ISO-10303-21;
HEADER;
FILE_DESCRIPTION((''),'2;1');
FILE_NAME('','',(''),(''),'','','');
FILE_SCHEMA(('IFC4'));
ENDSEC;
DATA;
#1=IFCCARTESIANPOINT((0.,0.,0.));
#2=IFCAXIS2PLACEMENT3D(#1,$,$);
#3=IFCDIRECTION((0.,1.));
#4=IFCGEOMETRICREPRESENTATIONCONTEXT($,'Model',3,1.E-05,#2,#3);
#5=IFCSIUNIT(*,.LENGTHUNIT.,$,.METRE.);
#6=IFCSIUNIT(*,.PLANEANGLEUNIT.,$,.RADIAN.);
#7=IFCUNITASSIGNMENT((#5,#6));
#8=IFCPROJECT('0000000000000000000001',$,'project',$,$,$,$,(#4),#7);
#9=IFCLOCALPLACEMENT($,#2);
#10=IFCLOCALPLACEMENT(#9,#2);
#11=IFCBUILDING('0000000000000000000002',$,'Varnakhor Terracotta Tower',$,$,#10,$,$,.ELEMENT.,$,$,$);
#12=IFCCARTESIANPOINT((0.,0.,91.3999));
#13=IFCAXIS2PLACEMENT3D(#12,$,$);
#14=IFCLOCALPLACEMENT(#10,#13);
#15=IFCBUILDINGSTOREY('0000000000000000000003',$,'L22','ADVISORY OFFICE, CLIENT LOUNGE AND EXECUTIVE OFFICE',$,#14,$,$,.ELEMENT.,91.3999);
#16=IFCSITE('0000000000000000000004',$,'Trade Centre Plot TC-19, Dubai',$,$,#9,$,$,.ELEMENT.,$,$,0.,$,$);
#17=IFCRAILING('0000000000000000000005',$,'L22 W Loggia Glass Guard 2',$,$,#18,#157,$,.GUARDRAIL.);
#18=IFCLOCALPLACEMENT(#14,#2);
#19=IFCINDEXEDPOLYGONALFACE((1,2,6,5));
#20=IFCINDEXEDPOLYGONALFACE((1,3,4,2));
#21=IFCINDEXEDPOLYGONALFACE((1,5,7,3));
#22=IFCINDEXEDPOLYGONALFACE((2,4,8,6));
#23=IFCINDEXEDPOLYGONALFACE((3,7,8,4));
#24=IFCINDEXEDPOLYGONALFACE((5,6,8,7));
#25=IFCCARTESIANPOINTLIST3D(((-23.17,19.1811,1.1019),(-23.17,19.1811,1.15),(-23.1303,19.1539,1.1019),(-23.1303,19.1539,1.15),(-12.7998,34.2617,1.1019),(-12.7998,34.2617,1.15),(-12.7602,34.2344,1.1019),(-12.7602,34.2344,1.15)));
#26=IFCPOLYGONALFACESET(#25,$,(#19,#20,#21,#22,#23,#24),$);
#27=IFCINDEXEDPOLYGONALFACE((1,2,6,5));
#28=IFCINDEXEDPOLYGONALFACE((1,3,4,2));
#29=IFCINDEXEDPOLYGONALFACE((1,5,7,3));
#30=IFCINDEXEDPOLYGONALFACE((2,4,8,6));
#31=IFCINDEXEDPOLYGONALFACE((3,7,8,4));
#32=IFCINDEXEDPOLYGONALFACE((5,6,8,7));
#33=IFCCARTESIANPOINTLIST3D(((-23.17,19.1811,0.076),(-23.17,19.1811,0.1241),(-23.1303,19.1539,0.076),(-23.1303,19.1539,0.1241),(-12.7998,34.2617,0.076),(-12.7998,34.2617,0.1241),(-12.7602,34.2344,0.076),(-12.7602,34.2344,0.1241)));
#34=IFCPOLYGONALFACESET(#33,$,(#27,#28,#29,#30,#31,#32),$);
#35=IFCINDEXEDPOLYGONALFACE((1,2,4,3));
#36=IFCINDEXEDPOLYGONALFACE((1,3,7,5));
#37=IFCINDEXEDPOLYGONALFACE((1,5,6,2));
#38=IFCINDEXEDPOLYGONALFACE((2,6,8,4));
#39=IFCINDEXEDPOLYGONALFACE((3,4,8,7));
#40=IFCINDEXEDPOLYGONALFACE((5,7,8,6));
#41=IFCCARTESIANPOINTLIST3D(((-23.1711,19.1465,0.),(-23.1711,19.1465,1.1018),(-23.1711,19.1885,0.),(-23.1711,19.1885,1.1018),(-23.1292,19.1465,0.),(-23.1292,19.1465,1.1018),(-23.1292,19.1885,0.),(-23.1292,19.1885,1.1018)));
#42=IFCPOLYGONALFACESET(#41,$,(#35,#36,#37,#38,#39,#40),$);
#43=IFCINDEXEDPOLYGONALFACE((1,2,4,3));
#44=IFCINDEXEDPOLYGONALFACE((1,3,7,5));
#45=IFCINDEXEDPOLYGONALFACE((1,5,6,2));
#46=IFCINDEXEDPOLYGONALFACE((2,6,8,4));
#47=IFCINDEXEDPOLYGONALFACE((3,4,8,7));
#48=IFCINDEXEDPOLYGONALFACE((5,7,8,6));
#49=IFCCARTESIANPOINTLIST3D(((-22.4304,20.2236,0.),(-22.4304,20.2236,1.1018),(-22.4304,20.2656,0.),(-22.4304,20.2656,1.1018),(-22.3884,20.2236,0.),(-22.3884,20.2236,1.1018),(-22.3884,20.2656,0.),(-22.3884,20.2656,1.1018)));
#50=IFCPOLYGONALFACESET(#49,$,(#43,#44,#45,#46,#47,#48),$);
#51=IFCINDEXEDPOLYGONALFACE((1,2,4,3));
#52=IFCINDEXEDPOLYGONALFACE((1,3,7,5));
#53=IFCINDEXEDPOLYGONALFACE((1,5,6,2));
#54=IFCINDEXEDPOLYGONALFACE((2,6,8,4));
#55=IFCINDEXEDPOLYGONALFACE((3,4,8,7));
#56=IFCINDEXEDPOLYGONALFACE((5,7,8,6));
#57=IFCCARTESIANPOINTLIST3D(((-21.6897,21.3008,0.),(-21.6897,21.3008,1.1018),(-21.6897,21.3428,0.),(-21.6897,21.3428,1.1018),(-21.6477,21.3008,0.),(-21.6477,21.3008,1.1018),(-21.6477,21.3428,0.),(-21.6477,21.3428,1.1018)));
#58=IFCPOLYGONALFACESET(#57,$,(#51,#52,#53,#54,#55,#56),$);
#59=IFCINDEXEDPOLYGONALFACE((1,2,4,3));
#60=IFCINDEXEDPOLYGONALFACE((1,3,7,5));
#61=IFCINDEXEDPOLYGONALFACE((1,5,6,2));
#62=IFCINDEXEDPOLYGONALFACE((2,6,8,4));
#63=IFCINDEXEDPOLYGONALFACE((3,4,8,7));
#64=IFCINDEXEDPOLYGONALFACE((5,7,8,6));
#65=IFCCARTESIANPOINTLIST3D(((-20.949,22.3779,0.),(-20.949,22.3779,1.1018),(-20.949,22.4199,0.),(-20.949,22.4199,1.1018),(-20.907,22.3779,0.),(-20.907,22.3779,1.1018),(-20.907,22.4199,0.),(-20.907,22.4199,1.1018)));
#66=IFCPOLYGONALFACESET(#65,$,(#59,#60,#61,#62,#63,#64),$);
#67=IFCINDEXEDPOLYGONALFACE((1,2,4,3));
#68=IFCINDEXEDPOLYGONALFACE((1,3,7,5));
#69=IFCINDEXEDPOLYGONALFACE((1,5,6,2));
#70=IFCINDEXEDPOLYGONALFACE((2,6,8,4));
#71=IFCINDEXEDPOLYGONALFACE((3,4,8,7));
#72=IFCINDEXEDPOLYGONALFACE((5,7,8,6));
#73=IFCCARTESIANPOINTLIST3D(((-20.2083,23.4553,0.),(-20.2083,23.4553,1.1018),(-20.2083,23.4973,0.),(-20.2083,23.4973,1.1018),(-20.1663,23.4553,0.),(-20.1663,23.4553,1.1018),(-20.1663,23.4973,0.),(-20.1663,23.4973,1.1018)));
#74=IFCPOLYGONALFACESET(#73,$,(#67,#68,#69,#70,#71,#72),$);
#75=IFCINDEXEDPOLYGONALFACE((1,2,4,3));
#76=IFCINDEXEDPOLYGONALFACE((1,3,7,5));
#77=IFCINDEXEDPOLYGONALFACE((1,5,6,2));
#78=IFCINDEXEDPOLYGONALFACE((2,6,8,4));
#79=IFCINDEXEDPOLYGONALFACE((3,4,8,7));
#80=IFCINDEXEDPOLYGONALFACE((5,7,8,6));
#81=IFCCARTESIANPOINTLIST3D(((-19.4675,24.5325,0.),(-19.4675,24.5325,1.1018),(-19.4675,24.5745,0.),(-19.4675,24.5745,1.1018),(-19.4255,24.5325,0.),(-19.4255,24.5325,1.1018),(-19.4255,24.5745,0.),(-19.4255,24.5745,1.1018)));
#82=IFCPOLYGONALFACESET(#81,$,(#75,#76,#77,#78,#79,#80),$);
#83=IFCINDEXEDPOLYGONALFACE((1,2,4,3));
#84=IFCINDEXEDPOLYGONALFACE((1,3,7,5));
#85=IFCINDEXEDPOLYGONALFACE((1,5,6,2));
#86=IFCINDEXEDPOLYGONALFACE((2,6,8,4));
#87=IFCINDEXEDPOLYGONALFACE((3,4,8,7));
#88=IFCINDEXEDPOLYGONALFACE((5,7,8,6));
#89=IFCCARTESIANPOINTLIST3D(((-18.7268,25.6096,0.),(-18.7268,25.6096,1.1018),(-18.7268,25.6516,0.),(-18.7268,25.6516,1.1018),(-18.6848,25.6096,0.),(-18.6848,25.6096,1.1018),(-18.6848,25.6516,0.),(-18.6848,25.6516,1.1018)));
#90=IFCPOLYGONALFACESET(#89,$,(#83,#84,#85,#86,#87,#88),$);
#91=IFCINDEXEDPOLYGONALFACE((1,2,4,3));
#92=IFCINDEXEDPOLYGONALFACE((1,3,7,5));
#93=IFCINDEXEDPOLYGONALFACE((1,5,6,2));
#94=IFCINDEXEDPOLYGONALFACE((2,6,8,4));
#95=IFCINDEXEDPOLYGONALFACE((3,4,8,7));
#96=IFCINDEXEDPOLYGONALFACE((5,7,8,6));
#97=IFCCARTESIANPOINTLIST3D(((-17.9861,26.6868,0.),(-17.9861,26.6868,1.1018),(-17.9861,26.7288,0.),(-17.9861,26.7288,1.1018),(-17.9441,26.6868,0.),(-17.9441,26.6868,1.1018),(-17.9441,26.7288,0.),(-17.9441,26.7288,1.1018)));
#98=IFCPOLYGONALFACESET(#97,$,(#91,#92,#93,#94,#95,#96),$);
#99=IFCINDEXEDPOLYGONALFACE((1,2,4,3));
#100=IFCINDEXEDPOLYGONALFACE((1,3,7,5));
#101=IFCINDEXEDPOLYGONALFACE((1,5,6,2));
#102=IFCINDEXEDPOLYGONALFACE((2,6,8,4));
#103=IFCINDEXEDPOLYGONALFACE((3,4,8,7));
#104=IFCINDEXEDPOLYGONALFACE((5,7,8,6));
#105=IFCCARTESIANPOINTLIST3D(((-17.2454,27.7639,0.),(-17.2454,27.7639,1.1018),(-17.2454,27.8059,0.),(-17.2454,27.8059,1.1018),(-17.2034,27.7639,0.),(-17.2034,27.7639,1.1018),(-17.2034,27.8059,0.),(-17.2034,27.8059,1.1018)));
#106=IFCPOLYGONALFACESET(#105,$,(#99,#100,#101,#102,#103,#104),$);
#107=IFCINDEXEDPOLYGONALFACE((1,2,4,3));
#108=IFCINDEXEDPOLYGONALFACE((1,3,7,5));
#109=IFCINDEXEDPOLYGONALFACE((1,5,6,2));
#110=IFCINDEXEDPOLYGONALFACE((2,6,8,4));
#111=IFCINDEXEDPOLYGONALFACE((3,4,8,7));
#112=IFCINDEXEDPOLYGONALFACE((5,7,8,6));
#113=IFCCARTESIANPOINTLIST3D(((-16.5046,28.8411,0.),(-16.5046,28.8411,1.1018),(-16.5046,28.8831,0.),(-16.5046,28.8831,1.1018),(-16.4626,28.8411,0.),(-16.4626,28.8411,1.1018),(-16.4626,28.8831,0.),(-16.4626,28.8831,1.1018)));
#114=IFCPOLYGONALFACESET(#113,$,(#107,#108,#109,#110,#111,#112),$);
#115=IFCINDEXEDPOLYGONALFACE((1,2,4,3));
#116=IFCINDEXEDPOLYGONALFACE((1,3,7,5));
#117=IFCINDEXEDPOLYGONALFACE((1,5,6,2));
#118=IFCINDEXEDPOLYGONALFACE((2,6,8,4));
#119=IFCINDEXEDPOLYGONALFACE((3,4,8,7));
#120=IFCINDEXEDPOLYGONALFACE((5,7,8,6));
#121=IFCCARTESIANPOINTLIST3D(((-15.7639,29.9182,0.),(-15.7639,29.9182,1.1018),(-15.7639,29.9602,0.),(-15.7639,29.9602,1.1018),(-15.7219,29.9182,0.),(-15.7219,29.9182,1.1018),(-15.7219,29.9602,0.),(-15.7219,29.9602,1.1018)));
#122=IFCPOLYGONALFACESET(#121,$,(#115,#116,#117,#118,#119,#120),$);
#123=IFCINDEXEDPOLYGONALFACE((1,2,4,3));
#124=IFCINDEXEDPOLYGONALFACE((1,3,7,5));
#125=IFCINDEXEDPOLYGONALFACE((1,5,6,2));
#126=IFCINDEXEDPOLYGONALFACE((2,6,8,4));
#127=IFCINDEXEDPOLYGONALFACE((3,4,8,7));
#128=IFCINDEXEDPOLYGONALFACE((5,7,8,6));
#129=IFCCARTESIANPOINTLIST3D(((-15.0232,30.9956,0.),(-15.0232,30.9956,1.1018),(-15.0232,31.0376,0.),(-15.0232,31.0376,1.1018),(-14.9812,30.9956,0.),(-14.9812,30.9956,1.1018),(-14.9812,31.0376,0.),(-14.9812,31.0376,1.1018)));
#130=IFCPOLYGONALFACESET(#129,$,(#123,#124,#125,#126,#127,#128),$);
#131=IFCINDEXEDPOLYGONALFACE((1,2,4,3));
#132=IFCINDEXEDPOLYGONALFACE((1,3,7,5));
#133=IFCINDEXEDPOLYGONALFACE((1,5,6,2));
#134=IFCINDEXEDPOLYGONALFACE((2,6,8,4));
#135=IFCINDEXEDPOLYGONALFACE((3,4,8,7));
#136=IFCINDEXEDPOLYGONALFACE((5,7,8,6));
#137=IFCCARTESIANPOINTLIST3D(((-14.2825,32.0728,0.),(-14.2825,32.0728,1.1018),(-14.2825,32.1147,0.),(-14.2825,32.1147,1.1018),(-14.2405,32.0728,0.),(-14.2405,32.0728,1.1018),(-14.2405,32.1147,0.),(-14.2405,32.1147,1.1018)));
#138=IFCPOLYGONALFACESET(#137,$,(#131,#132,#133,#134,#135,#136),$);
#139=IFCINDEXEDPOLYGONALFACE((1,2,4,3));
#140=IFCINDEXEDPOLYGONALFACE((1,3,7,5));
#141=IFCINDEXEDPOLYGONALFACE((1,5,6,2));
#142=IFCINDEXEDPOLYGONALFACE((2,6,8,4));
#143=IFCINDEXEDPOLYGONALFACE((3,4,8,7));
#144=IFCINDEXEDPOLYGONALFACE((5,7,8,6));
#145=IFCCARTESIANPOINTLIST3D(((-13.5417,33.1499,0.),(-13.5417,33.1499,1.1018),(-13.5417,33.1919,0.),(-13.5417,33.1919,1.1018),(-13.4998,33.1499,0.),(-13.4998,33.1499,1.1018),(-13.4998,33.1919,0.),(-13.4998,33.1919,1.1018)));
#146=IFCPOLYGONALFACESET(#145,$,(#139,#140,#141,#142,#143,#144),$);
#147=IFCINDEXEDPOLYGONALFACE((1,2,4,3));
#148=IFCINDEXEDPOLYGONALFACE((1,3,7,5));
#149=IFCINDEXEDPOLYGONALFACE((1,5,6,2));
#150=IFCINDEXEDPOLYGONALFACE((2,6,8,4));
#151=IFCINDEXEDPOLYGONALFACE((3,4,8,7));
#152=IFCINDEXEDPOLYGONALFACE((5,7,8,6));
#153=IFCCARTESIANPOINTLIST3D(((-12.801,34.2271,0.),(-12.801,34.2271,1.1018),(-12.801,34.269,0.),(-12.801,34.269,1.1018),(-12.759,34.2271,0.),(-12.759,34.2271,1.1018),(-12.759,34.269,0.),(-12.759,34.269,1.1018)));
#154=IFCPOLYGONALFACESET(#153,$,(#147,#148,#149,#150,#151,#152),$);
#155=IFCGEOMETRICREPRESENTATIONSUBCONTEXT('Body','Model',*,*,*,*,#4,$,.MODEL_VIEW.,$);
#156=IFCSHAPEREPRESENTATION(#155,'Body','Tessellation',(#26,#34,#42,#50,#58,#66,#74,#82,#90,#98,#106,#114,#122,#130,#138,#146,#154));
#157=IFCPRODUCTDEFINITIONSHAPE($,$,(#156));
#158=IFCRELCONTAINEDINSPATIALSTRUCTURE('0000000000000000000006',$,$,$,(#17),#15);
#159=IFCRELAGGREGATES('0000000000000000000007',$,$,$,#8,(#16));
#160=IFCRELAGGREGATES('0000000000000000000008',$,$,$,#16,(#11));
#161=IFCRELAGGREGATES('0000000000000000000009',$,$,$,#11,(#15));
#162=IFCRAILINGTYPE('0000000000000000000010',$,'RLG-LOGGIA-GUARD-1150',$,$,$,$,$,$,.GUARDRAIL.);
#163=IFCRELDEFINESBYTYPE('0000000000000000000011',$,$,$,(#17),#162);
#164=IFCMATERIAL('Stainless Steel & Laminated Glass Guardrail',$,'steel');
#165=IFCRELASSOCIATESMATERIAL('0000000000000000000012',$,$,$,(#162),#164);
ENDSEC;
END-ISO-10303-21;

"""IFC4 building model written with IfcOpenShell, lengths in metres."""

from ifc_helpers import new_model, si_unit, direction, frame, origin, origin_2d, place, context, subcontext, project, spatial, rectangle, extrude, material, type_object, element, save


model = new_model("IFC4")

# Units and contexts
model_context = context("Model", 3, precision=1e-05, world=origin(), true_north=direction((0.0, 1.0)))
body_context = subcontext(model_context, "Body", "Model", "MODEL_VIEW")
ifc_project = project(units=[si_unit("LENGTHUNIT", "METRE"), si_unit("PLANEANGLEUNIT", "RADIAN")], contexts=[model_context])

# Site, building, storey
site_placement = place(None, origin())
site = spatial("IfcSite", under=ifc_project, at=site_placement, Name="Trade Centre Plot TC-19, Dubai", CompositionType="ELEMENT", RefElevation=0.0)
building_placement = place(site_placement, origin())
building = spatial("IfcBuilding", under=site, at=building_placement, Name="Varnakhor Terracotta Tower", CompositionType="ELEMENT")
storey_placement = place(building_placement, frame((0.0, 0.0, 91.3999)))
storey = spatial("IfcBuildingStorey", under=building, at=storey_placement, Name="L22", Description="ADVISORY OFFICE, CLIENT LOUNGE AND EXECUTIVE OFFICE", CompositionType="ELEMENT", Elevation=91.3999)

# Railing
ifc_material_1 = material(Name="Stainless Steel & Laminated Glass Guardrail", Category="steel")
railing_type = type_object("IfcRailingType", Name="RLG-LOGGIA-GUARD-1150", PredefinedType="GUARDRAIL", material=ifc_material_1)
railing_1_placement = place(storey_placement, frame((-23.1501, 19.1675, 0.0)))
element("IfcRailing", 1, at=railing_1_placement, inside=storey, type_object=railing_type, Name="L22 W Loggia Glass Guard 2", PredefinedType="GUARDRAIL", context=body_context, shape_type="SweptSolid", body=[
    extrude(rectangle(XDim=0.0481, YDim=0.0481, at=origin_2d()), frame((0.0, 0.0, 1.126), z_axis=(0.566611, 0.823985, 0.0), x_axis=(-0.823985, 0.566611, 0.0)), (0.0, 0.0, 1.0), 18.302),
    extrude(rectangle(XDim=0.0481, YDim=0.0481, at=origin_2d()), frame((0.0, 0.0, 0.1001), z_axis=(0.566611, 0.823985, 0.0), x_axis=(-0.823985, 0.566611, 0.0)), (0.0, 0.0, 1.0), 18.302),
    extrude(rectangle(XDim=0.042, YDim=0.042, at=origin_2d()), origin(), (0.0, 0.0, 1.0), 1.1018),
    extrude(rectangle(XDim=0.042, YDim=0.042, at=origin_2d()), frame((0.7407, 1.0771, 0.0)), (0.0, 0.0, 1.0), 1.1018),
    extrude(rectangle(XDim=0.042, YDim=0.042, at=origin_2d()), frame((1.4814, 2.1543, 0.0)), (0.0, 0.0, 1.0), 1.1018),
    extrude(rectangle(XDim=0.042, YDim=0.042, at=origin_2d()), frame((2.2222, 3.2314, 0.0)), (0.0, 0.0, 1.0), 1.1018),
    extrude(rectangle(XDim=0.042, YDim=0.042, at=origin_2d()), frame((2.9629, 4.3088, 0.0)), (0.0, 0.0, 1.0), 1.1018),
    extrude(rectangle(XDim=0.042, YDim=0.042, at=origin_2d()), frame((3.7036, 5.386, 0.0)), (0.0, 0.0, 1.0), 1.1018),
    extrude(rectangle(XDim=0.042, YDim=0.042, at=origin_2d()), frame((4.4443, 6.4631, 0.0)), (0.0, 0.0, 1.0), 1.1018),
    extrude(rectangle(XDim=0.042, YDim=0.042, at=origin_2d()), frame((5.1851, 7.5403, 0.0)), (0.0, 0.0, 1.0), 1.1018),
    extrude(rectangle(XDim=0.042, YDim=0.042, at=origin_2d()), frame((5.9258, 8.6174, 0.0)), (0.0, 0.0, 1.0), 1.1018),
    extrude(rectangle(XDim=0.042, YDim=0.042, at=origin_2d()), frame((6.6665, 9.6946, 0.0)), (0.0, 0.0, 1.0), 1.1018),
    extrude(rectangle(XDim=0.042, YDim=0.042, at=origin_2d()), frame((7.4072, 10.7717, 0.0)), (0.0, 0.0, 1.0), 1.1018),
    extrude(rectangle(XDim=0.042, YDim=0.042, at=origin_2d()), frame((8.1479, 11.8491, 0.0)), (0.0, 0.0, 1.0), 1.1018),
    extrude(rectangle(XDim=0.042, YDim=0.042, at=origin_2d()), frame((8.8887, 12.9263, 0.0)), (0.0, 0.0, 1.0), 1.1018),
    extrude(rectangle(XDim=0.042, YDim=0.042, at=origin_2d()), frame((9.6294, 14.0034, 0.0)), (0.0, 0.0, 1.0), 1.1018),
    extrude(rectangle(XDim=0.042, YDim=0.042, at=origin_2d()), frame((10.3701, 15.0806, 0.0)), (0.0, 0.0, 1.0), 1.1018),
])

save(model, "model.ifc")
